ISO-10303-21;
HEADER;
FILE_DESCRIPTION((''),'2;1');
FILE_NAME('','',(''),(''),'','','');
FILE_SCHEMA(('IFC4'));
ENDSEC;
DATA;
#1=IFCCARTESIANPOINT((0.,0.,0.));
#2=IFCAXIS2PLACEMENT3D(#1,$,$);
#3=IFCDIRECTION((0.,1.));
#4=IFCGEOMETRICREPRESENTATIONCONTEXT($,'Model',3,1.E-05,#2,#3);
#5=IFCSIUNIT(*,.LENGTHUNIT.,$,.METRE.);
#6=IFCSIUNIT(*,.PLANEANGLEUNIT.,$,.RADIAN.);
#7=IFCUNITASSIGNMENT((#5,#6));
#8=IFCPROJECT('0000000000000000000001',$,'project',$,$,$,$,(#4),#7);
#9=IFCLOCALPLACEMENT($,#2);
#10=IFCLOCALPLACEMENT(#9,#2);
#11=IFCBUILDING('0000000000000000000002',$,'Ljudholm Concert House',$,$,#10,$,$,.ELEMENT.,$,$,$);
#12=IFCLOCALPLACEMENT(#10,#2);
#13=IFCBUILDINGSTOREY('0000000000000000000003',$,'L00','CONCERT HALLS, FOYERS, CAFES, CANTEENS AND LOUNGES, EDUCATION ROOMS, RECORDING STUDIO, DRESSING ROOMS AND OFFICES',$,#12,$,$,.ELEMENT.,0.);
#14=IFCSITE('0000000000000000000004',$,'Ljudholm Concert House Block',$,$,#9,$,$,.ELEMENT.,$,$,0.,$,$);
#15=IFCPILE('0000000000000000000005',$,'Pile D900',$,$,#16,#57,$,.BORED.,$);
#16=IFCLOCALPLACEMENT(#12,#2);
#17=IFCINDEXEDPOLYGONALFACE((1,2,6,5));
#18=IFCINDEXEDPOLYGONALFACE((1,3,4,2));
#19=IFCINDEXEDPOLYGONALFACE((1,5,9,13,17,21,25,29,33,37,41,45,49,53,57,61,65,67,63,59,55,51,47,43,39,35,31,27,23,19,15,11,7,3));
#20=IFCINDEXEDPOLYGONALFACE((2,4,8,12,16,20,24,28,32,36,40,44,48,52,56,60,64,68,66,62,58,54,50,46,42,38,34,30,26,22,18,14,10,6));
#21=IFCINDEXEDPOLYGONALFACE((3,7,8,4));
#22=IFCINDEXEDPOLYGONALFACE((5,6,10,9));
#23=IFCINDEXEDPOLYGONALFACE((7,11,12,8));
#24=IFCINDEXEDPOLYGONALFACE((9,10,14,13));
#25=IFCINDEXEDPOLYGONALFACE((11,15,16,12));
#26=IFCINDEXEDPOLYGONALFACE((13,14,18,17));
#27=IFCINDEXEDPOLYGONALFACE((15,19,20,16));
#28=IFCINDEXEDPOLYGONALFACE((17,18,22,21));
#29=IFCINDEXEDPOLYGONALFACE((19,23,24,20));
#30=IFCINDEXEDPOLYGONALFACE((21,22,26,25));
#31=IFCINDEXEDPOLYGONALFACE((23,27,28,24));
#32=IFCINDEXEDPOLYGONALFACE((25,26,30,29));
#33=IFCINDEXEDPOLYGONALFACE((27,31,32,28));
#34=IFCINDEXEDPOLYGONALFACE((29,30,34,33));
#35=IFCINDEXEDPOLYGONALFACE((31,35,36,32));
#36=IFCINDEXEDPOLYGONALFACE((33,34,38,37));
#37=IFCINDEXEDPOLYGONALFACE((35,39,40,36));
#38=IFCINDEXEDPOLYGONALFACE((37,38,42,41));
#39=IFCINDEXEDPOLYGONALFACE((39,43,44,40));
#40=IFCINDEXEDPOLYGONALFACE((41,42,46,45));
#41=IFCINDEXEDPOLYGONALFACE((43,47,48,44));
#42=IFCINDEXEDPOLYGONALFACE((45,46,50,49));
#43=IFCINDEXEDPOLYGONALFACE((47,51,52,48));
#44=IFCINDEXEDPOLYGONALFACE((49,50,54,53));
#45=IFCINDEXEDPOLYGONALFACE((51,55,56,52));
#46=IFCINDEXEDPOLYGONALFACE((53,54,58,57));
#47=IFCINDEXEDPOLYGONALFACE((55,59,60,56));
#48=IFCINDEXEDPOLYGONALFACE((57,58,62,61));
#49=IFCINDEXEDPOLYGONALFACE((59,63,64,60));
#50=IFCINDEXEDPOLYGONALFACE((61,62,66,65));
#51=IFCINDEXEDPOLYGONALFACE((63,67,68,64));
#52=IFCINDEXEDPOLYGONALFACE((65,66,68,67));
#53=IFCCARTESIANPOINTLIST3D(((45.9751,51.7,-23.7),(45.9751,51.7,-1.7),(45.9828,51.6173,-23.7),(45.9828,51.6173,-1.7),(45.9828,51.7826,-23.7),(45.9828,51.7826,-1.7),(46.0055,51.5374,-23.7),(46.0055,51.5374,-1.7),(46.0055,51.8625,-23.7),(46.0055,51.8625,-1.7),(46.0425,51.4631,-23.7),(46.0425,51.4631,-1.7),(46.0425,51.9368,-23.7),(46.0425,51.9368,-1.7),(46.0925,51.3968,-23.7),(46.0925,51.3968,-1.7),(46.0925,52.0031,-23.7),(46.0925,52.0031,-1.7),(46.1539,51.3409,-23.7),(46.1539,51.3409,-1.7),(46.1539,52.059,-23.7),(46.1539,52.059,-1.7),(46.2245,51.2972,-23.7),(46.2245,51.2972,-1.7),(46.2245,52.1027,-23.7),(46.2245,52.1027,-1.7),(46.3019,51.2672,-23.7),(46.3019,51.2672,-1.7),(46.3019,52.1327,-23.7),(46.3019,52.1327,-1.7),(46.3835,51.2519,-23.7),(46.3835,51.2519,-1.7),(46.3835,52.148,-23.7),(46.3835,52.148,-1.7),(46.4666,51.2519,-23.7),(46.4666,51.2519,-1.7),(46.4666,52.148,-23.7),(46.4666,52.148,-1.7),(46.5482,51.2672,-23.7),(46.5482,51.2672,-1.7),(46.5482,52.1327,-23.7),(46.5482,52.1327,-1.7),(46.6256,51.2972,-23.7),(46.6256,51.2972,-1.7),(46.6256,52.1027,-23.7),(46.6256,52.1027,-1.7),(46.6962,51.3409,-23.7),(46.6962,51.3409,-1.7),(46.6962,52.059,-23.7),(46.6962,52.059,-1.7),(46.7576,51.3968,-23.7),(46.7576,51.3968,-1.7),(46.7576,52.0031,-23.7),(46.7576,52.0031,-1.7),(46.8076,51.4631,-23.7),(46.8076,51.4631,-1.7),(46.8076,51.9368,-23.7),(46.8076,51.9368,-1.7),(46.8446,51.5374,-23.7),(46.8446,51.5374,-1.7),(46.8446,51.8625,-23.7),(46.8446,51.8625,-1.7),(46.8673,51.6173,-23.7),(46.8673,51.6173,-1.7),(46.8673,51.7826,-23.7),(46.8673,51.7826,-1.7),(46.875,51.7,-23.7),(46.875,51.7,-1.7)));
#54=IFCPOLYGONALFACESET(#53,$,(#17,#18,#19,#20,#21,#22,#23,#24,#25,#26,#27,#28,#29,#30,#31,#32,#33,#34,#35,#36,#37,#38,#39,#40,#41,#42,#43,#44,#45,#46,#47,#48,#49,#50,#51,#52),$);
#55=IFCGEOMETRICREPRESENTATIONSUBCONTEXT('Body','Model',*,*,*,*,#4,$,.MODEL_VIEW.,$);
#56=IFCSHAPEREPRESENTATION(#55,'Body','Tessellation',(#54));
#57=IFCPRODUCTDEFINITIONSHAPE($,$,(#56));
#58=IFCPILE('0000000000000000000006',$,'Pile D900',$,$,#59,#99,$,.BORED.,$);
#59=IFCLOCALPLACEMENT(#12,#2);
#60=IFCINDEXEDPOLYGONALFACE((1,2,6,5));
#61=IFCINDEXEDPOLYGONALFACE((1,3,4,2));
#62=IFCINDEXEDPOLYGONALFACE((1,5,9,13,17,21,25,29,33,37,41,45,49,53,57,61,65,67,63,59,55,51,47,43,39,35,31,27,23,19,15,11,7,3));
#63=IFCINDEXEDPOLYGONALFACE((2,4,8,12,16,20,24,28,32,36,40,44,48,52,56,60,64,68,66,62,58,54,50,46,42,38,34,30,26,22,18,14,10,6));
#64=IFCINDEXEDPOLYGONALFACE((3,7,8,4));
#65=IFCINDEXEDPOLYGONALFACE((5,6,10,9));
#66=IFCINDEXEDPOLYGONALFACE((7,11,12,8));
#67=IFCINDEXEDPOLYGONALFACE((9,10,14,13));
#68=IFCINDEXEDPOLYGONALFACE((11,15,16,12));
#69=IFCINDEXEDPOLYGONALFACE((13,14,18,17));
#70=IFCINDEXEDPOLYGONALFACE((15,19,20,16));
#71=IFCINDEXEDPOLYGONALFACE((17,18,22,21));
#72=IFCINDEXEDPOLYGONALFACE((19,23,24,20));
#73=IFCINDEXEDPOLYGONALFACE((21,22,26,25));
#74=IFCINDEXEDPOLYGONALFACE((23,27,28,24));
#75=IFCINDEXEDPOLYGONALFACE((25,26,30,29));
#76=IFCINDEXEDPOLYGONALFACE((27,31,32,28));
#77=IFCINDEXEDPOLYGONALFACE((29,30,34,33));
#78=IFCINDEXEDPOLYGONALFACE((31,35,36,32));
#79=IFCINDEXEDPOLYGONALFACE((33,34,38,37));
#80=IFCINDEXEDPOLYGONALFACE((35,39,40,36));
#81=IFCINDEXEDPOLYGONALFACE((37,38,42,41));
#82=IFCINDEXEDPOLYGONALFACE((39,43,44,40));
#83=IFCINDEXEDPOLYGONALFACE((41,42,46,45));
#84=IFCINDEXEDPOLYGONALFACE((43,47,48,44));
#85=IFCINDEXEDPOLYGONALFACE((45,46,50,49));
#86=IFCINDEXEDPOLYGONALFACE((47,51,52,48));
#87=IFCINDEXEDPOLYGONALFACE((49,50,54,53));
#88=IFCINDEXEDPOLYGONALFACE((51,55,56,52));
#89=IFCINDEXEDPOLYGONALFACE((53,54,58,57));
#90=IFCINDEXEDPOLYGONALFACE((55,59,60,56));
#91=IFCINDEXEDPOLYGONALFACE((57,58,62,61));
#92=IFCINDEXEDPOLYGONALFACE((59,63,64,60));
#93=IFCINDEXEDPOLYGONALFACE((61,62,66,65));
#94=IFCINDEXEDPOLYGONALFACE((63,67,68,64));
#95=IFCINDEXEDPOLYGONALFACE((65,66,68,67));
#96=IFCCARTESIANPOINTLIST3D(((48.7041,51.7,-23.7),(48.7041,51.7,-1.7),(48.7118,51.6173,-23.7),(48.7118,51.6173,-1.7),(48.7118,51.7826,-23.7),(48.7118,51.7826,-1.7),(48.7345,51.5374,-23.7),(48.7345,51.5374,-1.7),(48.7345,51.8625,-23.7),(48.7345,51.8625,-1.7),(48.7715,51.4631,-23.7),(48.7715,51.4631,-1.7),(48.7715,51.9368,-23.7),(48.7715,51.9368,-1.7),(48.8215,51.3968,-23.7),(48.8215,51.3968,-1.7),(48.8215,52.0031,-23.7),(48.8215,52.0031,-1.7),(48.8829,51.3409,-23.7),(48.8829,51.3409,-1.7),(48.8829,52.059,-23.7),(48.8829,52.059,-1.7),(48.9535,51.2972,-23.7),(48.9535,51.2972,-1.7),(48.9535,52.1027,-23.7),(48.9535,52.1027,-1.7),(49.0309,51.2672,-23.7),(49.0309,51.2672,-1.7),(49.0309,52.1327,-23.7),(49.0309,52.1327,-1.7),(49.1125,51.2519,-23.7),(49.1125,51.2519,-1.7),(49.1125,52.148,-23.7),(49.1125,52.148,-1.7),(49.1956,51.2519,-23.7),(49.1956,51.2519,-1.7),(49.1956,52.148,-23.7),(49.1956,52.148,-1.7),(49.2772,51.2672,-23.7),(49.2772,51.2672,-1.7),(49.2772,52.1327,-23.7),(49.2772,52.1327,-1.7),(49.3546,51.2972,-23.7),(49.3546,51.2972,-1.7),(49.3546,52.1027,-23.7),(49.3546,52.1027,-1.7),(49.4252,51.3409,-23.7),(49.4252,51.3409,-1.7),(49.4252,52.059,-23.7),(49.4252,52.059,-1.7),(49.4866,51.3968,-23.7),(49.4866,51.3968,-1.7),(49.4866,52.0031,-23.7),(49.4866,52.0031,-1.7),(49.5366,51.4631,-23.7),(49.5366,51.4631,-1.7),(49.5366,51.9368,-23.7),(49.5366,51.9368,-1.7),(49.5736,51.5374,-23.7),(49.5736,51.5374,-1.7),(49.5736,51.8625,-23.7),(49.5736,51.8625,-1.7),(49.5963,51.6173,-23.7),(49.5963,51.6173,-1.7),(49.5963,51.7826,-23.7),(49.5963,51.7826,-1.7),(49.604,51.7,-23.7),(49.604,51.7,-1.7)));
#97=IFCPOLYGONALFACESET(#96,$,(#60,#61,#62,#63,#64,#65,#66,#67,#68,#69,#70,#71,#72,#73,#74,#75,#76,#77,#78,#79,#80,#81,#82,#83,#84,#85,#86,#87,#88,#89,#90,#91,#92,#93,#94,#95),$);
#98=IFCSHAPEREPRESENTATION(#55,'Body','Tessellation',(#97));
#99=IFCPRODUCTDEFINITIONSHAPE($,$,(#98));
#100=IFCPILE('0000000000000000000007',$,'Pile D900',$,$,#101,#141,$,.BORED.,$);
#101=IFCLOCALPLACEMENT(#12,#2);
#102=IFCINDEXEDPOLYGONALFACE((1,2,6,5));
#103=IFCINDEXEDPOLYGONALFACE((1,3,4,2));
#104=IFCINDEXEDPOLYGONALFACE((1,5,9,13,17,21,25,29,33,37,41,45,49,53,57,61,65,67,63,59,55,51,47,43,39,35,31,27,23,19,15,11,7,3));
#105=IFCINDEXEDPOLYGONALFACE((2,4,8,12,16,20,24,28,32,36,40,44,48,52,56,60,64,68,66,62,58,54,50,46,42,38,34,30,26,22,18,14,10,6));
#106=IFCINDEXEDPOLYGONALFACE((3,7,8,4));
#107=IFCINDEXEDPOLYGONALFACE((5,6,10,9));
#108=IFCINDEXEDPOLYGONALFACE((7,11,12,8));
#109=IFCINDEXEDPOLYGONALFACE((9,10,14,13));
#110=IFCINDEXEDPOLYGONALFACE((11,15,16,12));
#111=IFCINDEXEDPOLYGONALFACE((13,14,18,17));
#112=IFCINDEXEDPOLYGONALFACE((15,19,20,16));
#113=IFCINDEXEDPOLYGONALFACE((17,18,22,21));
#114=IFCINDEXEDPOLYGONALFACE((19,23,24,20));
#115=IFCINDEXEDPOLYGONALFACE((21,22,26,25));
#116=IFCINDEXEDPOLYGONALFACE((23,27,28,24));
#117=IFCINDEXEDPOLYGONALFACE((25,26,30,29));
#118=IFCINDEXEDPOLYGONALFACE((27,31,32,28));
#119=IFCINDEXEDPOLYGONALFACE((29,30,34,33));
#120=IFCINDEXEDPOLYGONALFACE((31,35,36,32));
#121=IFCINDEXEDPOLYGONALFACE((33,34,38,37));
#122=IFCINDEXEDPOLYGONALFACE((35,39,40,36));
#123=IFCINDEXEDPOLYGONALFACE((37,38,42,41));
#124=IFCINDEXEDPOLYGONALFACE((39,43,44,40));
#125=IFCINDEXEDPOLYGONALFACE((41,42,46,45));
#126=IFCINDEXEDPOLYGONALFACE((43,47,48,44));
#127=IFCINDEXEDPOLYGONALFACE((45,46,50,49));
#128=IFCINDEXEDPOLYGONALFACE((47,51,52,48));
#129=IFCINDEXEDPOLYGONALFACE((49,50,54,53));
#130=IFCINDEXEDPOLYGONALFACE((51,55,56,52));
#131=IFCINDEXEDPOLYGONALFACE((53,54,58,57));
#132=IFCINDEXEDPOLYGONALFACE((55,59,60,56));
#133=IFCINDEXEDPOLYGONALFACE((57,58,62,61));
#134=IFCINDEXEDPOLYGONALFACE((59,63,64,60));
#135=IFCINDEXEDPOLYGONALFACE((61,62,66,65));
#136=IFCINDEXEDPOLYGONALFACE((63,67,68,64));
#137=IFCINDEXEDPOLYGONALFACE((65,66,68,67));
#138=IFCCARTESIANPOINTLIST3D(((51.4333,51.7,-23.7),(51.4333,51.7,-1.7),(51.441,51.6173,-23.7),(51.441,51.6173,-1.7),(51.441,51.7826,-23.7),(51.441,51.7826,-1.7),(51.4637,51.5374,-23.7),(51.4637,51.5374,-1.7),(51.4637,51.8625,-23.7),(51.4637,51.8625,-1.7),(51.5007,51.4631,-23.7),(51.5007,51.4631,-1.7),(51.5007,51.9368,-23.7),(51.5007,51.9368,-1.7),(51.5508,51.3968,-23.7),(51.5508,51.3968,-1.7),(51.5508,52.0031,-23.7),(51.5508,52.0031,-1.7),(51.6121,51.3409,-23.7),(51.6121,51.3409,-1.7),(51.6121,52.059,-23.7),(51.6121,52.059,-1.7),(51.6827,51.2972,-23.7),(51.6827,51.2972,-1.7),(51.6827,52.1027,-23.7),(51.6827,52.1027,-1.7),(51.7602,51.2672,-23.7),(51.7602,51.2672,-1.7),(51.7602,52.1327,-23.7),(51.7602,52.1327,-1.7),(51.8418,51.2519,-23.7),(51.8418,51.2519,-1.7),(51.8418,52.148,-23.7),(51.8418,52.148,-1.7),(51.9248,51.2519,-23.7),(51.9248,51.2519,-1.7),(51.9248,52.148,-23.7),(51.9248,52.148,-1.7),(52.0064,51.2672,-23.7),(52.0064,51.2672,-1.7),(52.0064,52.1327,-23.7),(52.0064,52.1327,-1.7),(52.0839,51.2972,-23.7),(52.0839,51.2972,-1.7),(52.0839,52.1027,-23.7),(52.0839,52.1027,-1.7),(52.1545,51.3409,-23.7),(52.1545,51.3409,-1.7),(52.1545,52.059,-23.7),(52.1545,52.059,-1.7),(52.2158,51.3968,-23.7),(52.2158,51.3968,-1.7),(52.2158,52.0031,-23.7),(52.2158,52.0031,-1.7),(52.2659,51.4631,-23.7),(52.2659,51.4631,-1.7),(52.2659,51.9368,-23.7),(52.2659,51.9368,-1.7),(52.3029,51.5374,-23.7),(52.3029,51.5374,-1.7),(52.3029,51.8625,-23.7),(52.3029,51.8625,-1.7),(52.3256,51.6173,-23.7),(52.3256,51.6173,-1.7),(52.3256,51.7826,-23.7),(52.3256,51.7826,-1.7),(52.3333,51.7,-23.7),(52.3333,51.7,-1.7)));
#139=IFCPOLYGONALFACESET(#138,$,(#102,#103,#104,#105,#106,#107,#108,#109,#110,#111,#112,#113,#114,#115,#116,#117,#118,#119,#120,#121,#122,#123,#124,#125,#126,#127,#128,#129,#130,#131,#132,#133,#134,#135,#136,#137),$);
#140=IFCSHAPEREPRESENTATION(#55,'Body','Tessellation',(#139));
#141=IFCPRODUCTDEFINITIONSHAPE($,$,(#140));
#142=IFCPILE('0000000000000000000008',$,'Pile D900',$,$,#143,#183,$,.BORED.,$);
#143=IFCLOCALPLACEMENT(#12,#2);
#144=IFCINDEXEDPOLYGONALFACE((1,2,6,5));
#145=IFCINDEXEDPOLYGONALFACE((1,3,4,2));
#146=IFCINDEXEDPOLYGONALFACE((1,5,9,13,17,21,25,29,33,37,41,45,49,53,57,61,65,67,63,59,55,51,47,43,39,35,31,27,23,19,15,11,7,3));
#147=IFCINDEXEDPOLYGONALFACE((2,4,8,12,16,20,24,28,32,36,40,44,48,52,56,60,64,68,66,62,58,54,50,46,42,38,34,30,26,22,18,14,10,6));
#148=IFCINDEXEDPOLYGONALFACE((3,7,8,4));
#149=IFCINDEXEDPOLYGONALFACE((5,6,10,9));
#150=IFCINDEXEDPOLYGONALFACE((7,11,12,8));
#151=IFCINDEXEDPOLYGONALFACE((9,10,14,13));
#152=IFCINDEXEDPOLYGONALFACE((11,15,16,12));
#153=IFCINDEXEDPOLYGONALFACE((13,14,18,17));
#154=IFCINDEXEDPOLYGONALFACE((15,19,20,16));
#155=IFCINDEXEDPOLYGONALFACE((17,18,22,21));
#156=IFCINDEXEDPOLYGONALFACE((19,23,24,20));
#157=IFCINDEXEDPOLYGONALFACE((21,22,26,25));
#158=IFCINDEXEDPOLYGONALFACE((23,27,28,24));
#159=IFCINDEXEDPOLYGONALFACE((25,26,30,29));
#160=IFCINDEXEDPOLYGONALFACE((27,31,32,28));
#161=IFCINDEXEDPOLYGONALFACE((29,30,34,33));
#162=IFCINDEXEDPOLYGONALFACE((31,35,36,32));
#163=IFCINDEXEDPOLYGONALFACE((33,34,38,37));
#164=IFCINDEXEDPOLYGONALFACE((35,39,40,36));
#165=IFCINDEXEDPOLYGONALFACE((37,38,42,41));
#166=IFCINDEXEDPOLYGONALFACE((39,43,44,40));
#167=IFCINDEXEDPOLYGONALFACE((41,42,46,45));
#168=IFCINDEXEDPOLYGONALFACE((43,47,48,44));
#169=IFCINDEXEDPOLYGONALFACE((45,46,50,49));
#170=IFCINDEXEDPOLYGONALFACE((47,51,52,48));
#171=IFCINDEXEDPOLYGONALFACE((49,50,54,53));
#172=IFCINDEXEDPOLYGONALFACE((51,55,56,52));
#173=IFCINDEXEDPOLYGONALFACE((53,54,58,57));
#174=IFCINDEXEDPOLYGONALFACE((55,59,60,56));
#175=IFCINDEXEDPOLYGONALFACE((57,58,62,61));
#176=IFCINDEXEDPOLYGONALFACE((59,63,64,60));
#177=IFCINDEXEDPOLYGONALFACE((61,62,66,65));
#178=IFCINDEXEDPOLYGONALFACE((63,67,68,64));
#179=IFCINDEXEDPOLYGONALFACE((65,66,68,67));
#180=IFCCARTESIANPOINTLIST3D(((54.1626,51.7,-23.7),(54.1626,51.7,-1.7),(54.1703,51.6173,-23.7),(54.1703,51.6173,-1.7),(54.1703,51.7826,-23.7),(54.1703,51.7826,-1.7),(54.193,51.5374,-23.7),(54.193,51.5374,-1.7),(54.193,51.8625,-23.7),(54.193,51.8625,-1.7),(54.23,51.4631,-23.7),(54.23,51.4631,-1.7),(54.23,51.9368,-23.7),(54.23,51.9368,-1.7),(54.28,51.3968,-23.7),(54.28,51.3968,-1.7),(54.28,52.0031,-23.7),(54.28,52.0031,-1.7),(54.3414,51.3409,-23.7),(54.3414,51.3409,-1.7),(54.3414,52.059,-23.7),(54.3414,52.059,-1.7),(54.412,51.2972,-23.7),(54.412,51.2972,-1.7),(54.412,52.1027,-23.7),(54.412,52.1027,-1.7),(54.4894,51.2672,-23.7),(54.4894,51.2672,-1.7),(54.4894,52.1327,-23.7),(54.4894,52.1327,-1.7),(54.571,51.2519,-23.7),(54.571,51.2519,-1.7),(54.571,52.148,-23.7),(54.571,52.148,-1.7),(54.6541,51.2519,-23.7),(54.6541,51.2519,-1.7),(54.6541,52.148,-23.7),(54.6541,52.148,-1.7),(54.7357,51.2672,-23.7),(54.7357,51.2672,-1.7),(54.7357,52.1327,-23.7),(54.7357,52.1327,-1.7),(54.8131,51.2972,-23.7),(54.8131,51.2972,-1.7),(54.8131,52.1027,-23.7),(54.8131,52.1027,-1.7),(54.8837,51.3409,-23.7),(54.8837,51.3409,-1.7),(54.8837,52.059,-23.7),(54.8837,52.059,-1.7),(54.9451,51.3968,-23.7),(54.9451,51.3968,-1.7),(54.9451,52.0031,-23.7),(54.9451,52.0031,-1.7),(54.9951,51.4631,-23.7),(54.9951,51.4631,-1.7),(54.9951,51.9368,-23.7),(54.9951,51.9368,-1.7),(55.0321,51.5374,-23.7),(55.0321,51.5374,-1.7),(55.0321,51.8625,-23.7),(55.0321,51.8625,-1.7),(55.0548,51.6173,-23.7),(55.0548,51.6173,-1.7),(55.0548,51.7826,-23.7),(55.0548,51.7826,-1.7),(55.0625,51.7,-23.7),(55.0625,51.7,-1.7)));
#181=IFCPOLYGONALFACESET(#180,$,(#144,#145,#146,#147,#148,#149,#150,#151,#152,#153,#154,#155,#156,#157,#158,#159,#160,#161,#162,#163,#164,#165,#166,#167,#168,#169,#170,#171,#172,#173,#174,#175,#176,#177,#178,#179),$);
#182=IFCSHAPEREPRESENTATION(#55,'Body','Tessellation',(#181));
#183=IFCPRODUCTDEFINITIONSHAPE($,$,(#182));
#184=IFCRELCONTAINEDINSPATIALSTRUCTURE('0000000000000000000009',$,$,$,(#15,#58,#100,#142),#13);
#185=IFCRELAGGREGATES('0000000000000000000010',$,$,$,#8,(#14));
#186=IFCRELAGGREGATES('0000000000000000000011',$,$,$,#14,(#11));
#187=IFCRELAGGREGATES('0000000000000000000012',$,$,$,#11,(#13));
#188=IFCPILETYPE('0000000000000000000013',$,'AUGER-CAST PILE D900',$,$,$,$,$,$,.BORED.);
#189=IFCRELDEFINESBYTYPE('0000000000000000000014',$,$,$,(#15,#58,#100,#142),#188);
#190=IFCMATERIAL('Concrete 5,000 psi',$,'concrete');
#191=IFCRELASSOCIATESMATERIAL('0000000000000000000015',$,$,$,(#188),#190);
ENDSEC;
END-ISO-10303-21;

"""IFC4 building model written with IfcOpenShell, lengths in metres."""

from ifc_helpers import new_model, si_unit, direction, frame, origin, origin_2d, place, context, subcontext, project, spatial, circle, extrude, material, material_profile, profile_set, type_object, element, save


model = new_model("IFC4")

# Units and contexts
model_context = context("Model", 3, precision=1e-05, world=origin(), true_north=direction((0.0, 1.0)))
body_context = subcontext(model_context, "Body", "Model", "MODEL_VIEW")
ifc_project = project(units=[si_unit("LENGTHUNIT", "METRE"), si_unit("PLANEANGLEUNIT", "RADIAN")], contexts=[model_context])

# Site, building, storey
site_placement = place(None, origin())
site = spatial("IfcSite", under=ifc_project, at=site_placement, Name="Ljudholm Concert House Block", CompositionType="ELEMENT", RefElevation=0.0)
building_placement = place(site_placement, origin())
building = spatial("IfcBuilding", under=site, at=building_placement, Name="Ljudholm Concert House", CompositionType="ELEMENT")
storey_placement = place(building_placement, origin())
storey = spatial("IfcBuildingStorey", under=building, at=storey_placement, Name="L00", Description="CONCERT HALLS, FOYERS, CAFES, CANTEENS AND LOUNGES, EDUCATION ROOMS, RECORDING STUDIO, DRESSING ROOMS AND OFFICES", CompositionType="ELEMENT", Elevation=0.0)

# Piles
ifc_material_1 = material(Name="Concrete 5,000 psi", Category="concrete")
ifc_material_profile = material_profile(ifc_material_1, circle(Radius=0.45, at=origin_2d()), Name="AUGER-CAST PILE D900")
ifc_profile_set = profile_set([ifc_material_profile], Name="Concrete 5,000 psi")
pile_type = type_object("IfcPileType", Name="AUGER-CAST PILE D900", PredefinedType="BORED", material=ifc_profile_set)
for number, where, z_axis, x_axis, name in (
    (1, (46.425, 51.7, -1.7), (0.0, 0.0, -1.0), (1.0, 0.0, 0.0), "Pile D900"),
    (2, (49.1541, 51.7, -1.7), (0.0, 0.0, -1.0), (1.0, 0.0, 0.0), "Pile D900"),
    (3, (51.8833, 51.7, -1.7), (0.0, 0.0, -1.0), (1.0, 0.0, 0.0), "Pile D900"),
    (4, (54.6125, 51.7, -1.7), (0.0, 0.0, -1.0), (1.0, 0.0, 0.0), "Pile D900"),
):
    element("IfcPile", number, at=place(storey_placement, frame(where, z_axis=z_axis, x_axis=x_axis)), inside=storey, type_object=pile_type, Name=name, PredefinedType="BORED", context=body_context, shape_type="SweptSolid", body=[
        extrude(circle(Radius=0.45, at=origin_2d()), origin(), (0.0, 0.0, 1.0), 22.0),
    ])

save(model, "model.ifc")
